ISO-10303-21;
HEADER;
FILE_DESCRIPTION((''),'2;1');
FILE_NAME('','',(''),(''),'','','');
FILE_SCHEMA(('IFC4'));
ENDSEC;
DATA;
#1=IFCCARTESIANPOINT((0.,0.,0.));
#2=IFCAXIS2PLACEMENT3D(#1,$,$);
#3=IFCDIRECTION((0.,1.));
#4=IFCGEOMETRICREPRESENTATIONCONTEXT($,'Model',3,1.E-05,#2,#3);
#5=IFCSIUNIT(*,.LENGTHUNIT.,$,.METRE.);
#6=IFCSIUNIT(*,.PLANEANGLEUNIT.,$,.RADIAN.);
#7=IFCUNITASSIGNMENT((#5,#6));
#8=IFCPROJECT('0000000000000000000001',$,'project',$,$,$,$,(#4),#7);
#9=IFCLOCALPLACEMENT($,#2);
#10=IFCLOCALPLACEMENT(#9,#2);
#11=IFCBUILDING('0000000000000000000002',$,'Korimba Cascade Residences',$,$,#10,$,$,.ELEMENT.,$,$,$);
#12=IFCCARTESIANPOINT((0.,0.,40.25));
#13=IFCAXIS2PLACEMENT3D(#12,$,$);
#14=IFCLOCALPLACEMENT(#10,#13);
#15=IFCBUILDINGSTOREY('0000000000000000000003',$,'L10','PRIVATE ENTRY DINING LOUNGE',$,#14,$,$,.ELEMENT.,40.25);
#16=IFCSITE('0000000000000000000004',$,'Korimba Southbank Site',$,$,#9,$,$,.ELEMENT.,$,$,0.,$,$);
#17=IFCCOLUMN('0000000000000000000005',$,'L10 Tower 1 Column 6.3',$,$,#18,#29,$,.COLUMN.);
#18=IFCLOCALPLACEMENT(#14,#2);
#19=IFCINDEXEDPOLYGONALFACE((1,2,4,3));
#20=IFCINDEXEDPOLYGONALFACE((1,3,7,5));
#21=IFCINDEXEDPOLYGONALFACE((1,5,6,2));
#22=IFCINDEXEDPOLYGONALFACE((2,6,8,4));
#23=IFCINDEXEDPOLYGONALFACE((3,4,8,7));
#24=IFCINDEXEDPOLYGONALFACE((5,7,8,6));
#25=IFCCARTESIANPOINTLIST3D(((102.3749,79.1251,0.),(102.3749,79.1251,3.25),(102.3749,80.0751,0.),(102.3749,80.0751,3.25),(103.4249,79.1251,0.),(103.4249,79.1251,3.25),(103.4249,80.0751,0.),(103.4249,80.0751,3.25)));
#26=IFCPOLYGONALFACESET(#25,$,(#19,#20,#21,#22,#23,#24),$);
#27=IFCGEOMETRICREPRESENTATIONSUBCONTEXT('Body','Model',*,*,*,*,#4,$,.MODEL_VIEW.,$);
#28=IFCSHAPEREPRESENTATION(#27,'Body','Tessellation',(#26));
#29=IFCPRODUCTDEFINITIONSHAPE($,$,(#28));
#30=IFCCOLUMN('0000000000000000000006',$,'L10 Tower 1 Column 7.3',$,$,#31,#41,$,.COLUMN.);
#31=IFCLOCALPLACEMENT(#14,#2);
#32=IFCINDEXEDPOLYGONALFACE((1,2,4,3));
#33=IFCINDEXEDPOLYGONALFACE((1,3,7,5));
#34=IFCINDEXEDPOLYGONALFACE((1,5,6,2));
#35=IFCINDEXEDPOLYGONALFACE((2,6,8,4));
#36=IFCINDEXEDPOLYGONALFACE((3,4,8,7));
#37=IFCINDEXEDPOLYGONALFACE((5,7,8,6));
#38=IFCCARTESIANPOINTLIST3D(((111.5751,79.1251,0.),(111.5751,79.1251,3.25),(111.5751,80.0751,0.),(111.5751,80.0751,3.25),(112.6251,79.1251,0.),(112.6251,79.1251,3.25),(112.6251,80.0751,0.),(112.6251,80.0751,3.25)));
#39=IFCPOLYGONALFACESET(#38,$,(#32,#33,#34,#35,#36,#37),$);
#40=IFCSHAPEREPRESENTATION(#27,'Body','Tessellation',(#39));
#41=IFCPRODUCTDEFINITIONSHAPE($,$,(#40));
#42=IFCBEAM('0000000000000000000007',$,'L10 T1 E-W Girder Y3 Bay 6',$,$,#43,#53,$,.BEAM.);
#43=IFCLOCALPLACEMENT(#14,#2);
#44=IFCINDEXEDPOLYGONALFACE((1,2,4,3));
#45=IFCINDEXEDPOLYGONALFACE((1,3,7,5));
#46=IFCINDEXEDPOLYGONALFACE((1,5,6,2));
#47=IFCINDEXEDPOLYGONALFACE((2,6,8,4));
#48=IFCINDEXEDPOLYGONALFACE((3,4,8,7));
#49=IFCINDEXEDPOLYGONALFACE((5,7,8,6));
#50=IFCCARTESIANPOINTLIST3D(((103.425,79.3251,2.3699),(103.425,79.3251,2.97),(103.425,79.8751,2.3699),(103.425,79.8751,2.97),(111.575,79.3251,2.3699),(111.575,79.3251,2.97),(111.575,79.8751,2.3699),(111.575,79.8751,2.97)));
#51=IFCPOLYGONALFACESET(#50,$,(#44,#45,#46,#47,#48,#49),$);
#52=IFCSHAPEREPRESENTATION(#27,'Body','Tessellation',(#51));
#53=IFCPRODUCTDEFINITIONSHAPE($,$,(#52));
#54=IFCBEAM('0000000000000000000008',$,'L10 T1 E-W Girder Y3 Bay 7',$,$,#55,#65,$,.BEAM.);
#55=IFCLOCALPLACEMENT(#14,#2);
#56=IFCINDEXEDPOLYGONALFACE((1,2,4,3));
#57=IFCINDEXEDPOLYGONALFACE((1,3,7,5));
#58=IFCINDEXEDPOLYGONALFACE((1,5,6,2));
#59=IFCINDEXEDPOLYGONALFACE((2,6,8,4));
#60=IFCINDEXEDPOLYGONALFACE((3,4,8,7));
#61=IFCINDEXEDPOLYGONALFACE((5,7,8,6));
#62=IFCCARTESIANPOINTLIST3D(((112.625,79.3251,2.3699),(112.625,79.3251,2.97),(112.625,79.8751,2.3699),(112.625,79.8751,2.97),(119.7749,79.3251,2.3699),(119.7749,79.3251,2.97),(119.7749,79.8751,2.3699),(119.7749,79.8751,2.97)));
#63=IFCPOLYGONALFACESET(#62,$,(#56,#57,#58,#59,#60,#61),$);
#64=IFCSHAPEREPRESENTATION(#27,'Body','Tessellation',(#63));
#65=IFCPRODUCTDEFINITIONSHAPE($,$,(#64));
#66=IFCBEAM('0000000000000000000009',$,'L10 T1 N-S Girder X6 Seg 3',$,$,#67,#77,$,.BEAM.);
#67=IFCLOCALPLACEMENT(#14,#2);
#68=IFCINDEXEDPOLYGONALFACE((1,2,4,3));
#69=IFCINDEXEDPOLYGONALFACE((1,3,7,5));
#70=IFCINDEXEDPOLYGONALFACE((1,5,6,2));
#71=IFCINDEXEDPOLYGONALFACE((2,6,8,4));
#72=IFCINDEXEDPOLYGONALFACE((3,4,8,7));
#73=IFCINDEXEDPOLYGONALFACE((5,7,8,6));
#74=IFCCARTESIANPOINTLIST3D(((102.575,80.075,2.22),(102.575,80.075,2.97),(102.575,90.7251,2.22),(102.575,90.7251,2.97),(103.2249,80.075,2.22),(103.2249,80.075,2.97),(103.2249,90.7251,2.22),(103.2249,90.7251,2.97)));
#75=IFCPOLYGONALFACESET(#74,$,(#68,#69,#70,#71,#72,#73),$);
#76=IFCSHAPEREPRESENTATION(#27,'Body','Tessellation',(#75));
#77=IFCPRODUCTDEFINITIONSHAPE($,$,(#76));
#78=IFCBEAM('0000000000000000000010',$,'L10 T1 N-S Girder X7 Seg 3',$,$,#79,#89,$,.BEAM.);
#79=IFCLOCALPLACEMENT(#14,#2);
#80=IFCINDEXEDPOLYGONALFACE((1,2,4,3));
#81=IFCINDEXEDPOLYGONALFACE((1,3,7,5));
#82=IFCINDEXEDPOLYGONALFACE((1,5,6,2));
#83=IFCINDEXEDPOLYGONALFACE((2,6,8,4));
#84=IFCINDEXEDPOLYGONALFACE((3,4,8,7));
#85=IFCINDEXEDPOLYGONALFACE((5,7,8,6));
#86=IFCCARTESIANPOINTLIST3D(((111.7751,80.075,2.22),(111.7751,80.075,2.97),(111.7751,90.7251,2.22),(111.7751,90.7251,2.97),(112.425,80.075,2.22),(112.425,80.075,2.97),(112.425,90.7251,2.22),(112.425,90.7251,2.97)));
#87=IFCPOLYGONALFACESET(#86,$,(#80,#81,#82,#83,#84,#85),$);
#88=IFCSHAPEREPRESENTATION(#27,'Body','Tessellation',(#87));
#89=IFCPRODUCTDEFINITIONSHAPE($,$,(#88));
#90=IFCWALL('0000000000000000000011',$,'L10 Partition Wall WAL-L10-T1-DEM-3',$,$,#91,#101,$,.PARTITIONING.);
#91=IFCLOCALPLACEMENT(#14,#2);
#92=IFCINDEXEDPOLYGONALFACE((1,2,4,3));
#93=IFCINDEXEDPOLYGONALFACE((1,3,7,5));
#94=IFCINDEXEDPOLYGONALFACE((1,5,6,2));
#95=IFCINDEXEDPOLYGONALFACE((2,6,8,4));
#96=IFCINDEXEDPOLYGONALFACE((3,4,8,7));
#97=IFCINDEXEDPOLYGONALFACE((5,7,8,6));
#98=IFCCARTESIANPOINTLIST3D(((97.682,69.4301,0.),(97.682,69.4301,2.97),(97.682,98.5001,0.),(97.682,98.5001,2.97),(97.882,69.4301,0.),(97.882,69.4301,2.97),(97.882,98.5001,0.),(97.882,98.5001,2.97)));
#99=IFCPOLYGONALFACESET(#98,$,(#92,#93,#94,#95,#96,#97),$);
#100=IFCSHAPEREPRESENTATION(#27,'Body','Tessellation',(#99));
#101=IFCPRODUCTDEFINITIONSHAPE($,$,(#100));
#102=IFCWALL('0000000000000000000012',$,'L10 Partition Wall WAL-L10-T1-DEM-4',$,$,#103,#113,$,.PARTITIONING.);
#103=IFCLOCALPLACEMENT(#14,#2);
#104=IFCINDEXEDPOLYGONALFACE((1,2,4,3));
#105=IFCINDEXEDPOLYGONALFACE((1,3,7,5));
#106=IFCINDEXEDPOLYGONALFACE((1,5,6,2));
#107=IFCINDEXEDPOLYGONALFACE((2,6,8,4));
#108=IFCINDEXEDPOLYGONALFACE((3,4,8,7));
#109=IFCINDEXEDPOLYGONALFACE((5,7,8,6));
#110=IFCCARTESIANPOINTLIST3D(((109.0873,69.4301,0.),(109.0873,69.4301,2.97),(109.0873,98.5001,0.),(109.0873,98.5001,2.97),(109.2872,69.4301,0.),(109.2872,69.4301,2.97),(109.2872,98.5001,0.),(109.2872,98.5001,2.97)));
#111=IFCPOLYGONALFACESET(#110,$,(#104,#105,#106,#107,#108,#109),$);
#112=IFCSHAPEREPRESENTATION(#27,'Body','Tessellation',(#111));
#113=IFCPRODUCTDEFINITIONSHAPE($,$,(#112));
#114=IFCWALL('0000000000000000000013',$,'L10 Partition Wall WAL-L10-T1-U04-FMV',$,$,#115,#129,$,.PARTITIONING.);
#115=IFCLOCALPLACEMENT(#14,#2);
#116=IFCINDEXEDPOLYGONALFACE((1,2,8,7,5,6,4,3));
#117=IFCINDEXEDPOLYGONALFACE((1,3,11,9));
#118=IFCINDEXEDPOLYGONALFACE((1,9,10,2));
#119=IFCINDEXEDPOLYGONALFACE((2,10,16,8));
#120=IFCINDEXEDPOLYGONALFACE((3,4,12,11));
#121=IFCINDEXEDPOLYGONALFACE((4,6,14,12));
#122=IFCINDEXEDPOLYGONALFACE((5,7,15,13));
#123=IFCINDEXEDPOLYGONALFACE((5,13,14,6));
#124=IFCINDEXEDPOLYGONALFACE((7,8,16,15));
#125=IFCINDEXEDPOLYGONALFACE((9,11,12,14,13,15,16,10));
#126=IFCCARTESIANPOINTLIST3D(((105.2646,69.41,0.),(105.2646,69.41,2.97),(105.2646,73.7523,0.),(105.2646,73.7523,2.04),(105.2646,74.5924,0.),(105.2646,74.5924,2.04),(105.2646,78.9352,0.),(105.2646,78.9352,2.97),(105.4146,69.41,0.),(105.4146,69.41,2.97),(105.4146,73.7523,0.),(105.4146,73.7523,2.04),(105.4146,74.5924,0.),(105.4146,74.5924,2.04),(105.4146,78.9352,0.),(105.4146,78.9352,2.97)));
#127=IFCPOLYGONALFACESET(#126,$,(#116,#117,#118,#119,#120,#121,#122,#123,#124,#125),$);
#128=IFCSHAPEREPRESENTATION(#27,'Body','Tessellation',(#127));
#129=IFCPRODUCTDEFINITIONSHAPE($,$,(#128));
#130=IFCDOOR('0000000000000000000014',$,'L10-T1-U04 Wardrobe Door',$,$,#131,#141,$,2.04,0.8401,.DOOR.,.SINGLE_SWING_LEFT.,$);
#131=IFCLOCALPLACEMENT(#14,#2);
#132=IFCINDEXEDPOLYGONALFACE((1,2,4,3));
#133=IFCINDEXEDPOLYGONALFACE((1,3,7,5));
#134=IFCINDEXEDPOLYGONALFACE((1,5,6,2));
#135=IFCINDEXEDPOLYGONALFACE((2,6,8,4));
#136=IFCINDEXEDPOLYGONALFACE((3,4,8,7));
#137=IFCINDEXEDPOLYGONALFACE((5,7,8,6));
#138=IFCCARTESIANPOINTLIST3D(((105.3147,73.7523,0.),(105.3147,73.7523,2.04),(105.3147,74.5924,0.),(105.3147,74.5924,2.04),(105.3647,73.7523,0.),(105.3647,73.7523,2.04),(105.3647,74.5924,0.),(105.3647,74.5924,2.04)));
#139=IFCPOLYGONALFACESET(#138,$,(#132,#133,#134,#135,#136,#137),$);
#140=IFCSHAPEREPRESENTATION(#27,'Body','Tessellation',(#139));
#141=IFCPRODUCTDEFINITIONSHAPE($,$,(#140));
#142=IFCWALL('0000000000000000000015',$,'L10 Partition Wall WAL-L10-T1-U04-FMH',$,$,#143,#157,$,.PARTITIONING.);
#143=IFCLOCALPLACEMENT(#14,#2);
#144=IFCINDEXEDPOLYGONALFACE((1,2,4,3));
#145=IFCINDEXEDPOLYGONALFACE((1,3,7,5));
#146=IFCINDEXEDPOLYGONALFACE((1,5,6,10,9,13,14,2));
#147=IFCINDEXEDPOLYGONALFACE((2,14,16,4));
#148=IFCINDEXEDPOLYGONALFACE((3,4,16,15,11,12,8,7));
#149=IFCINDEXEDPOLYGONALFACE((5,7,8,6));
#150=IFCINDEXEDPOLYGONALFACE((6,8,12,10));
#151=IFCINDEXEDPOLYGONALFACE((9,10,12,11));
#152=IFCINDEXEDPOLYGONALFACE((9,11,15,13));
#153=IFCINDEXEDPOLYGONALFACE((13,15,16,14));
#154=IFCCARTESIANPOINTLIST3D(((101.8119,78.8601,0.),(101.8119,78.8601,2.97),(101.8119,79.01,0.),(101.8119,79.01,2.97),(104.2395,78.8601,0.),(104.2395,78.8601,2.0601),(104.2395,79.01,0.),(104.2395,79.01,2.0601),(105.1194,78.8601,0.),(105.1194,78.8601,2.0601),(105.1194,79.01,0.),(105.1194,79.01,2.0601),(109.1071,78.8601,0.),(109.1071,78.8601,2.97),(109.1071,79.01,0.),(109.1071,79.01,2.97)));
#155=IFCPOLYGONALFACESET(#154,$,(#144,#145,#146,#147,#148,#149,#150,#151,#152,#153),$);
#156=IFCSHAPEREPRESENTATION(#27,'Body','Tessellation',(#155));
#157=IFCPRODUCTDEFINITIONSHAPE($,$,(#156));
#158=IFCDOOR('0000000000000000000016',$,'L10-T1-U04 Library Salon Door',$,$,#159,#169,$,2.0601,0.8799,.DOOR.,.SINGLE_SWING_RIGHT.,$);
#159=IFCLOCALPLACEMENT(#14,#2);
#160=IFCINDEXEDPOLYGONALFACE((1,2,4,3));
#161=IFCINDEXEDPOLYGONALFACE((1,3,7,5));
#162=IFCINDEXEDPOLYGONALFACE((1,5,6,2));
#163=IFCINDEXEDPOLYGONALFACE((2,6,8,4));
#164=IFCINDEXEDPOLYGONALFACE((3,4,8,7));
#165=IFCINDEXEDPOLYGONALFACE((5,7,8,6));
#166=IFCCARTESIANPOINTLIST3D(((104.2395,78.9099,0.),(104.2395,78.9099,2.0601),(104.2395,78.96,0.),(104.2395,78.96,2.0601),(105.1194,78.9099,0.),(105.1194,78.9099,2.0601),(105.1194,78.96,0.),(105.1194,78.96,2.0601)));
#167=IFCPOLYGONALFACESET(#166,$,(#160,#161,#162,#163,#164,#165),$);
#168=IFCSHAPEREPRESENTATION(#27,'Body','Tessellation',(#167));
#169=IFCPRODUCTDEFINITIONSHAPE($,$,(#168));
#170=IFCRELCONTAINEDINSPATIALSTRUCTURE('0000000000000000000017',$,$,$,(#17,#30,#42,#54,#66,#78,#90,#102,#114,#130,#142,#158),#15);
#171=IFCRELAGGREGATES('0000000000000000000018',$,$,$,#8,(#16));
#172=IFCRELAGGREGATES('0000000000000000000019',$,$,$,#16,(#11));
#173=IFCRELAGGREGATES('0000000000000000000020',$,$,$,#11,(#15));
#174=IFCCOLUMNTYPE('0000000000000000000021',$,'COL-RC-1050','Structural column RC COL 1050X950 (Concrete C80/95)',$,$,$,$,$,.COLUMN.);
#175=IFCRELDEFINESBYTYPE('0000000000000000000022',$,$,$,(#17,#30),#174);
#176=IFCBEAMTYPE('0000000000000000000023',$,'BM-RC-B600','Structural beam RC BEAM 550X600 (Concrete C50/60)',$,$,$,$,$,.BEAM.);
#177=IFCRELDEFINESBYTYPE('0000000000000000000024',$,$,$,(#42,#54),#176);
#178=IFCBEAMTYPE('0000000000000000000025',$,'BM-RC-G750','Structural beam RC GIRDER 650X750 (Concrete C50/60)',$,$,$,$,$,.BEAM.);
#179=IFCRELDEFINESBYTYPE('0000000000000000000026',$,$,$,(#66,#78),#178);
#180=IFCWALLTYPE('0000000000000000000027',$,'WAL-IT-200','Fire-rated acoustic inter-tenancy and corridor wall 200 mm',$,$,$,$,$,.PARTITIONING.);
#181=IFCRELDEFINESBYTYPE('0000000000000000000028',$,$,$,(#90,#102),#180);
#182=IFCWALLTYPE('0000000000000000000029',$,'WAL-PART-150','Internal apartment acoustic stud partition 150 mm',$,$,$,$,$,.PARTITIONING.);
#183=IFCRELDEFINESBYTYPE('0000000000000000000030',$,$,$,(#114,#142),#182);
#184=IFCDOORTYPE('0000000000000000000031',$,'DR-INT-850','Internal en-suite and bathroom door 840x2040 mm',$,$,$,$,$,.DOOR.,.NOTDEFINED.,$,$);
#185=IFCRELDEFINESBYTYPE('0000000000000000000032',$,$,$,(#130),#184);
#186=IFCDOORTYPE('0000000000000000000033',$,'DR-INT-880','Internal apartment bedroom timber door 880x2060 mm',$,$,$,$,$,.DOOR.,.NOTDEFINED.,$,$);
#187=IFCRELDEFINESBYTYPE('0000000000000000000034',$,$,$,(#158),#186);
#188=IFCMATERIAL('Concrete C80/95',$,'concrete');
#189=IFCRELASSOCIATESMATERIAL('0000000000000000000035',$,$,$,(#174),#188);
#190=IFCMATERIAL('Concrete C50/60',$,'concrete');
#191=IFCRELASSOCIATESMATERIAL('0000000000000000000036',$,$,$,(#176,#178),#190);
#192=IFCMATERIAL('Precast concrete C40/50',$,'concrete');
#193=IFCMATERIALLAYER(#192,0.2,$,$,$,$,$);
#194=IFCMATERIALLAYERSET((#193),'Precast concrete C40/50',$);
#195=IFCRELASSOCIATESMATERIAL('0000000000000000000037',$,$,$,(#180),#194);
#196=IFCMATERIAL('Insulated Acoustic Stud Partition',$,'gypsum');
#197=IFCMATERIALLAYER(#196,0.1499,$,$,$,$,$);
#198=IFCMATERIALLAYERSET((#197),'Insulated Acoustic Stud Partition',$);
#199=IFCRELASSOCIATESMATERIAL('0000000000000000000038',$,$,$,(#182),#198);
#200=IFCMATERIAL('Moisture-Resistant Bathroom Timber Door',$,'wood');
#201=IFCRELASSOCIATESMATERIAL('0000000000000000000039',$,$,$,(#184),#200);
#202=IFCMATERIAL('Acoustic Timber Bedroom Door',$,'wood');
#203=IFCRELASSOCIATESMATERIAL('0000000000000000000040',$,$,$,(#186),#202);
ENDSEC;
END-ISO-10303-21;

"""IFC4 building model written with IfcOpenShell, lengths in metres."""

from ifc_helpers import new_model, si_unit, direction, frame, frame_2d, origin, origin_2d, place, context, subcontext, project, spatial, rectangle, extrude, material, layer, layer_set, material_profile, profile_set, type_object, element, fill, save


model = new_model("IFC4")

# Units and contexts
model_context = context("Model", 3, precision=1e-05, world=origin(), true_north=direction((0.0, 1.0)))
body_context = subcontext(model_context, "Body", "Model", "MODEL_VIEW")
ifc_project = project(units=[si_unit("LENGTHUNIT", "METRE"), si_unit("PLANEANGLEUNIT", "RADIAN")], contexts=[model_context])

# Site, building, storey
site_placement = place(None, origin())
site = spatial("IfcSite", under=ifc_project, at=site_placement, Name="Korimba Southbank Site", CompositionType="ELEMENT", RefElevation=0.0)
building_placement = place(site_placement, origin())
building = spatial("IfcBuilding", under=site, at=building_placement, Name="Korimba Cascade Residences", CompositionType="ELEMENT")
storey_placement = place(building_placement, frame((0.0, 0.0, 40.25)))
storey = spatial("IfcBuildingStorey", under=building, at=storey_placement, Name="L10", Description="PRIVATE ENTRY DINING LOUNGE", CompositionType="ELEMENT", Elevation=40.25)

# Columns
ifc_material_1 = material(Name="Concrete C80/95", Category="concrete")
ifc_material_profile_1 = material_profile(ifc_material_1, rectangle(XDim=1.05, YDim=0.95, at=origin_2d()), Name="Concrete C80/95")
ifc_profile_set_1 = profile_set([ifc_material_profile_1], Name="Concrete C80/95")
column_type = type_object("IfcColumnType", Name="COL-RC-1050", Description="Structural column RC COL 1050X950 (Concrete C80/95)", PredefinedType="COLUMN", material=ifc_profile_set_1)
for number, where, z_axis, x_axis, name in (
    (1, (102.8999, 79.6001, 0.0), (0.0, 0.0, 1.0), (1.0, 0.0, 0.0), "L10 Tower 1 Column 6.3"),
    (2, (112.1001, 79.6001, 0.0), (0.0, 0.0, 1.0), (1.0, 0.0, 0.0), "L10 Tower 1 Column 7.3"),
):
    element("IfcColumn", number, at=place(storey_placement, frame(where, z_axis=z_axis, x_axis=x_axis)), inside=storey, type_object=column_type, Name=name, PredefinedType="COLUMN", context=body_context, shape_type="SweptSolid", body=[
        extrude(rectangle(XDim=1.05, YDim=0.95, at=origin_2d()), origin(), (0.0, 0.0, 1.0), 3.25),
    ])

# Beams
ifc_material_2 = material(Name="Concrete C50/60", Category="concrete")
ifc_material_profile_2 = material_profile(ifc_material_2, rectangle(XDim=0.55, YDim=0.6001, at=origin_2d()), Name="Concrete C50/60")
ifc_profile_set_2 = profile_set([ifc_material_profile_2], Name="Concrete C50/60")
beam_type_1 = type_object("IfcBeamType", Name="BM-RC-B600", Description="Structural beam RC BEAM 550X600 (Concrete C50/60)", PredefinedType="BEAM", material=ifc_profile_set_2)
beam_1_placement = place(storey_placement, frame((103.425, 79.6001, 2.6699), z_axis=(1.0, 0.0, 0.0), x_axis=(0.0, 1.0, 0.0)))
element("IfcBeam", 3, at=beam_1_placement, inside=storey, type_object=beam_type_1, Name="L10 T1 E-W Girder Y3 Bay 6", PredefinedType="BEAM", context=body_context, shape_type="SweptSolid", body=[
    extrude(rectangle(XDim=0.55, YDim=0.6001, at=origin_2d()), origin(), (0.0, 0.0, 1.0), 8.1499),
])
beam_2_placement = place(storey_placement, frame((112.625, 79.6001, 2.6699), z_axis=(1.0, 0.0, 0.0), x_axis=(0.0, 1.0, 0.0)))
element("IfcBeam", 4, at=beam_2_placement, inside=storey, type_object=beam_type_1, Name="L10 T1 E-W Girder Y3 Bay 7", PredefinedType="BEAM", context=body_context, shape_type="SweptSolid", body=[
    extrude(rectangle(XDim=0.55, YDim=0.6001, at=origin_2d()), origin(), (0.0, 0.0, 1.0), 7.1499),
])
ifc_material_profile_3 = material_profile(ifc_material_2, rectangle(XDim=0.6499, YDim=0.75, at=origin_2d()), Name="Concrete C50/60")
ifc_profile_set_3 = profile_set([ifc_material_profile_3], Name="Concrete C50/60")
beam_type_2 = type_object("IfcBeamType", Name="BM-RC-G750", Description="Structural beam RC GIRDER 650X750 (Concrete C50/60)", PredefinedType="BEAM", material=ifc_profile_set_3)
for number, where, z_axis, x_axis, name in (
    (5, (102.8999, 80.075, 2.595), (0.0, 1.0, 0.0), (-1.0, 0.0, 0.0), "L10 T1 N-S Girder X6 Seg 3"),
    (6, (112.1001, 80.075, 2.595), (0.0, 1.0, 0.0), (-1.0, 0.0, 0.0), "L10 T1 N-S Girder X7 Seg 3"),
):
    element("IfcBeam", number, at=place(storey_placement, frame(where, z_axis=z_axis, x_axis=x_axis)), inside=storey, type_object=beam_type_2, Name=name, PredefinedType="BEAM", context=body_context, shape_type="SweptSolid", body=[
        extrude(rectangle(XDim=0.6499, YDim=0.75, at=origin_2d()), origin(), (0.0, 0.0, 1.0), 10.6501),
    ])

# Walls
ifc_material_3 = material(Name="Precast concrete C40/50", Category="concrete")
ifc_layer_1 = layer(ifc_material_3, 0.2)
ifc_layer_set_1 = layer_set([ifc_layer_1], Name="Precast concrete C40/50")
wall_type_1 = type_object("IfcWallType", Name="WAL-IT-200", Description="Fire-rated acoustic inter-tenancy and corridor wall 200 mm", PredefinedType="PARTITIONING", material=ifc_layer_set_1)
for number, where, z_axis, x_axis, name in (
    (7, (97.782, 69.4299, 0.0), (0.0, 0.0, 1.0), (0.0, 1.0, 0.0), "L10 Partition Wall WAL-L10-T1-DEM-3"),
    (8, (109.1873, 69.4299, 0.0), (0.0, 0.0, 1.0), (0.0, 1.0, 0.0), "L10 Partition Wall WAL-L10-T1-DEM-4"),
):
    element("IfcWall", number, at=place(storey_placement, frame(where, z_axis=z_axis, x_axis=x_axis)), inside=storey, type_object=wall_type_1, Name=name, PredefinedType="PARTITIONING", context=body_context, shape_type="SweptSolid", body=[
        extrude(rectangle(XDim=29.0701, YDim=0.2, at=frame_2d((14.5352, 0.0))), origin(), (0.0, 0.0, 1.0), 2.97),
    ])

# Walls, openings, doors
ifc_material_4 = material(Name="Insulated Acoustic Stud Partition", Category="gypsum")
ifc_layer_2 = layer(ifc_material_4, 0.1499)
ifc_layer_set_2 = layer_set([ifc_layer_2], Name="Insulated Acoustic Stud Partition")
wall_type_2 = type_object("IfcWallType", Name="WAL-PART-150", Description="Internal apartment acoustic stud partition 150 mm", PredefinedType="PARTITIONING", material=ifc_layer_set_2)
wall_1_placement = place(storey_placement, frame((105.3396, 69.4099, 0.0), z_axis=(0.0, 0.0, 1.0), x_axis=(0.0, 1.0, 0.0)))
wall_1 = element("IfcWall", 9, at=wall_1_placement, inside=storey, type_object=wall_type_2, Name="L10 Partition Wall WAL-L10-T1-U04-FMV", PredefinedType="PARTITIONING", context=body_context, shape_type="SweptSolid", body=[
    extrude(rectangle(XDim=9.5251, YDim=0.1499, at=frame_2d((4.7627, 0.0))), origin(), (0.0, 0.0, 1.0), 2.97),
])
opening_1_placement = place(wall_1_placement, frame((4.3425, 0.0, 0.0)))
opening_1 = element("IfcOpeningElement", 10, at=opening_1_placement, cuts=wall_1, PredefinedType="OPENING", context=body_context, shape_type="SweptSolid", body=[
    extrude(rectangle(XDim=0.8401, YDim=2.04, at=frame_2d((0.4199, 1.02))), frame((0.0, 0.085, 0.0), z_axis=(0.0, -1.0, 0.0), x_axis=(1.0, 0.0, 0.0)), (0.0, 0.0, 1.0), 0.1699),
])
ifc_material_5 = material(Name="Moisture-Resistant Bathroom Timber Door", Category="wood")
door_type_1 = type_object("IfcDoorType", Name="DR-INT-850", Description="Internal en-suite and bathroom door 840x2040 mm", OperationType="NOTDEFINED", PredefinedType="DOOR", material=ifc_material_5)
door_1_placement = place(opening_1_placement, origin())
door_1 = element("IfcDoor", 11, at=door_1_placement, inside=storey, type_object=door_type_1, Name="L10-T1-U04 Wardrobe Door", OperationType="SINGLE_SWING_LEFT", OverallHeight=2.04, OverallWidth=0.8401, PredefinedType="DOOR", context=body_context, shape_type="SweptSolid", body=[
    extrude(rectangle(XDim=0.8401, YDim=2.04, at=frame_2d((0.4199, 1.02))), frame((0.0, 0.0249, 0.0), z_axis=(0.0, -1.0, 0.0), x_axis=(1.0, 0.0, 0.0)), (0.0, 0.0, 1.0), 0.05),
])
fill(opening_1, door_1)
wall_2_placement = place(storey_placement, frame((101.812, 78.9351, 0.0), z_axis=(0.0, 0.0, 1.0), x_axis=(1.0, 0.0, 0.0)))
wall_2 = element("IfcWall", 12, at=wall_2_placement, inside=storey, type_object=wall_type_2, Name="L10 Partition Wall WAL-L10-T1-U04-FMH", PredefinedType="PARTITIONING", context=body_context, shape_type="SweptSolid", body=[
    extrude(rectangle(XDim=7.2952, YDim=0.1499, at=frame_2d((3.6475, 0.0))), origin(), (0.0, 0.0, 1.0), 2.97),
])
opening_2_placement = place(wall_2_placement, frame((2.4275, 0.0, 0.0)))
opening_2 = element("IfcOpeningElement", 13, at=opening_2_placement, cuts=wall_2, PredefinedType="OPENING", context=body_context, shape_type="SweptSolid", body=[
    extrude(rectangle(XDim=0.8799, YDim=2.0601, at=frame_2d((0.4399, 1.03))), frame((0.0, 0.085, 0.0), z_axis=(0.0, -1.0, 0.0), x_axis=(1.0, 0.0, 0.0)), (0.0, 0.0, 1.0), 0.1699),
])
ifc_material_6 = material(Name="Acoustic Timber Bedroom Door", Category="wood")
door_type_2 = type_object("IfcDoorType", Name="DR-INT-880", Description="Internal apartment bedroom timber door 880x2060 mm", OperationType="NOTDEFINED", PredefinedType="DOOR", material=ifc_material_6)
door_2_placement = place(opening_2_placement, origin())
door_2 = element("IfcDoor", 14, at=door_2_placement, inside=storey, type_object=door_type_2, Name="L10-T1-U04 Library Salon Door", OperationType="SINGLE_SWING_RIGHT", OverallHeight=2.0601, OverallWidth=0.8799, PredefinedType="DOOR", context=body_context, shape_type="SweptSolid", body=[
    extrude(rectangle(XDim=0.8799, YDim=2.0601, at=frame_2d((0.4399, 1.03))), frame((0.0, 0.0249, 0.0), z_axis=(0.0, -1.0, 0.0), x_axis=(1.0, 0.0, 0.0)), (0.0, 0.0, 1.0), 0.05),
])
fill(opening_2, door_2)

save(model, "model.ifc")
